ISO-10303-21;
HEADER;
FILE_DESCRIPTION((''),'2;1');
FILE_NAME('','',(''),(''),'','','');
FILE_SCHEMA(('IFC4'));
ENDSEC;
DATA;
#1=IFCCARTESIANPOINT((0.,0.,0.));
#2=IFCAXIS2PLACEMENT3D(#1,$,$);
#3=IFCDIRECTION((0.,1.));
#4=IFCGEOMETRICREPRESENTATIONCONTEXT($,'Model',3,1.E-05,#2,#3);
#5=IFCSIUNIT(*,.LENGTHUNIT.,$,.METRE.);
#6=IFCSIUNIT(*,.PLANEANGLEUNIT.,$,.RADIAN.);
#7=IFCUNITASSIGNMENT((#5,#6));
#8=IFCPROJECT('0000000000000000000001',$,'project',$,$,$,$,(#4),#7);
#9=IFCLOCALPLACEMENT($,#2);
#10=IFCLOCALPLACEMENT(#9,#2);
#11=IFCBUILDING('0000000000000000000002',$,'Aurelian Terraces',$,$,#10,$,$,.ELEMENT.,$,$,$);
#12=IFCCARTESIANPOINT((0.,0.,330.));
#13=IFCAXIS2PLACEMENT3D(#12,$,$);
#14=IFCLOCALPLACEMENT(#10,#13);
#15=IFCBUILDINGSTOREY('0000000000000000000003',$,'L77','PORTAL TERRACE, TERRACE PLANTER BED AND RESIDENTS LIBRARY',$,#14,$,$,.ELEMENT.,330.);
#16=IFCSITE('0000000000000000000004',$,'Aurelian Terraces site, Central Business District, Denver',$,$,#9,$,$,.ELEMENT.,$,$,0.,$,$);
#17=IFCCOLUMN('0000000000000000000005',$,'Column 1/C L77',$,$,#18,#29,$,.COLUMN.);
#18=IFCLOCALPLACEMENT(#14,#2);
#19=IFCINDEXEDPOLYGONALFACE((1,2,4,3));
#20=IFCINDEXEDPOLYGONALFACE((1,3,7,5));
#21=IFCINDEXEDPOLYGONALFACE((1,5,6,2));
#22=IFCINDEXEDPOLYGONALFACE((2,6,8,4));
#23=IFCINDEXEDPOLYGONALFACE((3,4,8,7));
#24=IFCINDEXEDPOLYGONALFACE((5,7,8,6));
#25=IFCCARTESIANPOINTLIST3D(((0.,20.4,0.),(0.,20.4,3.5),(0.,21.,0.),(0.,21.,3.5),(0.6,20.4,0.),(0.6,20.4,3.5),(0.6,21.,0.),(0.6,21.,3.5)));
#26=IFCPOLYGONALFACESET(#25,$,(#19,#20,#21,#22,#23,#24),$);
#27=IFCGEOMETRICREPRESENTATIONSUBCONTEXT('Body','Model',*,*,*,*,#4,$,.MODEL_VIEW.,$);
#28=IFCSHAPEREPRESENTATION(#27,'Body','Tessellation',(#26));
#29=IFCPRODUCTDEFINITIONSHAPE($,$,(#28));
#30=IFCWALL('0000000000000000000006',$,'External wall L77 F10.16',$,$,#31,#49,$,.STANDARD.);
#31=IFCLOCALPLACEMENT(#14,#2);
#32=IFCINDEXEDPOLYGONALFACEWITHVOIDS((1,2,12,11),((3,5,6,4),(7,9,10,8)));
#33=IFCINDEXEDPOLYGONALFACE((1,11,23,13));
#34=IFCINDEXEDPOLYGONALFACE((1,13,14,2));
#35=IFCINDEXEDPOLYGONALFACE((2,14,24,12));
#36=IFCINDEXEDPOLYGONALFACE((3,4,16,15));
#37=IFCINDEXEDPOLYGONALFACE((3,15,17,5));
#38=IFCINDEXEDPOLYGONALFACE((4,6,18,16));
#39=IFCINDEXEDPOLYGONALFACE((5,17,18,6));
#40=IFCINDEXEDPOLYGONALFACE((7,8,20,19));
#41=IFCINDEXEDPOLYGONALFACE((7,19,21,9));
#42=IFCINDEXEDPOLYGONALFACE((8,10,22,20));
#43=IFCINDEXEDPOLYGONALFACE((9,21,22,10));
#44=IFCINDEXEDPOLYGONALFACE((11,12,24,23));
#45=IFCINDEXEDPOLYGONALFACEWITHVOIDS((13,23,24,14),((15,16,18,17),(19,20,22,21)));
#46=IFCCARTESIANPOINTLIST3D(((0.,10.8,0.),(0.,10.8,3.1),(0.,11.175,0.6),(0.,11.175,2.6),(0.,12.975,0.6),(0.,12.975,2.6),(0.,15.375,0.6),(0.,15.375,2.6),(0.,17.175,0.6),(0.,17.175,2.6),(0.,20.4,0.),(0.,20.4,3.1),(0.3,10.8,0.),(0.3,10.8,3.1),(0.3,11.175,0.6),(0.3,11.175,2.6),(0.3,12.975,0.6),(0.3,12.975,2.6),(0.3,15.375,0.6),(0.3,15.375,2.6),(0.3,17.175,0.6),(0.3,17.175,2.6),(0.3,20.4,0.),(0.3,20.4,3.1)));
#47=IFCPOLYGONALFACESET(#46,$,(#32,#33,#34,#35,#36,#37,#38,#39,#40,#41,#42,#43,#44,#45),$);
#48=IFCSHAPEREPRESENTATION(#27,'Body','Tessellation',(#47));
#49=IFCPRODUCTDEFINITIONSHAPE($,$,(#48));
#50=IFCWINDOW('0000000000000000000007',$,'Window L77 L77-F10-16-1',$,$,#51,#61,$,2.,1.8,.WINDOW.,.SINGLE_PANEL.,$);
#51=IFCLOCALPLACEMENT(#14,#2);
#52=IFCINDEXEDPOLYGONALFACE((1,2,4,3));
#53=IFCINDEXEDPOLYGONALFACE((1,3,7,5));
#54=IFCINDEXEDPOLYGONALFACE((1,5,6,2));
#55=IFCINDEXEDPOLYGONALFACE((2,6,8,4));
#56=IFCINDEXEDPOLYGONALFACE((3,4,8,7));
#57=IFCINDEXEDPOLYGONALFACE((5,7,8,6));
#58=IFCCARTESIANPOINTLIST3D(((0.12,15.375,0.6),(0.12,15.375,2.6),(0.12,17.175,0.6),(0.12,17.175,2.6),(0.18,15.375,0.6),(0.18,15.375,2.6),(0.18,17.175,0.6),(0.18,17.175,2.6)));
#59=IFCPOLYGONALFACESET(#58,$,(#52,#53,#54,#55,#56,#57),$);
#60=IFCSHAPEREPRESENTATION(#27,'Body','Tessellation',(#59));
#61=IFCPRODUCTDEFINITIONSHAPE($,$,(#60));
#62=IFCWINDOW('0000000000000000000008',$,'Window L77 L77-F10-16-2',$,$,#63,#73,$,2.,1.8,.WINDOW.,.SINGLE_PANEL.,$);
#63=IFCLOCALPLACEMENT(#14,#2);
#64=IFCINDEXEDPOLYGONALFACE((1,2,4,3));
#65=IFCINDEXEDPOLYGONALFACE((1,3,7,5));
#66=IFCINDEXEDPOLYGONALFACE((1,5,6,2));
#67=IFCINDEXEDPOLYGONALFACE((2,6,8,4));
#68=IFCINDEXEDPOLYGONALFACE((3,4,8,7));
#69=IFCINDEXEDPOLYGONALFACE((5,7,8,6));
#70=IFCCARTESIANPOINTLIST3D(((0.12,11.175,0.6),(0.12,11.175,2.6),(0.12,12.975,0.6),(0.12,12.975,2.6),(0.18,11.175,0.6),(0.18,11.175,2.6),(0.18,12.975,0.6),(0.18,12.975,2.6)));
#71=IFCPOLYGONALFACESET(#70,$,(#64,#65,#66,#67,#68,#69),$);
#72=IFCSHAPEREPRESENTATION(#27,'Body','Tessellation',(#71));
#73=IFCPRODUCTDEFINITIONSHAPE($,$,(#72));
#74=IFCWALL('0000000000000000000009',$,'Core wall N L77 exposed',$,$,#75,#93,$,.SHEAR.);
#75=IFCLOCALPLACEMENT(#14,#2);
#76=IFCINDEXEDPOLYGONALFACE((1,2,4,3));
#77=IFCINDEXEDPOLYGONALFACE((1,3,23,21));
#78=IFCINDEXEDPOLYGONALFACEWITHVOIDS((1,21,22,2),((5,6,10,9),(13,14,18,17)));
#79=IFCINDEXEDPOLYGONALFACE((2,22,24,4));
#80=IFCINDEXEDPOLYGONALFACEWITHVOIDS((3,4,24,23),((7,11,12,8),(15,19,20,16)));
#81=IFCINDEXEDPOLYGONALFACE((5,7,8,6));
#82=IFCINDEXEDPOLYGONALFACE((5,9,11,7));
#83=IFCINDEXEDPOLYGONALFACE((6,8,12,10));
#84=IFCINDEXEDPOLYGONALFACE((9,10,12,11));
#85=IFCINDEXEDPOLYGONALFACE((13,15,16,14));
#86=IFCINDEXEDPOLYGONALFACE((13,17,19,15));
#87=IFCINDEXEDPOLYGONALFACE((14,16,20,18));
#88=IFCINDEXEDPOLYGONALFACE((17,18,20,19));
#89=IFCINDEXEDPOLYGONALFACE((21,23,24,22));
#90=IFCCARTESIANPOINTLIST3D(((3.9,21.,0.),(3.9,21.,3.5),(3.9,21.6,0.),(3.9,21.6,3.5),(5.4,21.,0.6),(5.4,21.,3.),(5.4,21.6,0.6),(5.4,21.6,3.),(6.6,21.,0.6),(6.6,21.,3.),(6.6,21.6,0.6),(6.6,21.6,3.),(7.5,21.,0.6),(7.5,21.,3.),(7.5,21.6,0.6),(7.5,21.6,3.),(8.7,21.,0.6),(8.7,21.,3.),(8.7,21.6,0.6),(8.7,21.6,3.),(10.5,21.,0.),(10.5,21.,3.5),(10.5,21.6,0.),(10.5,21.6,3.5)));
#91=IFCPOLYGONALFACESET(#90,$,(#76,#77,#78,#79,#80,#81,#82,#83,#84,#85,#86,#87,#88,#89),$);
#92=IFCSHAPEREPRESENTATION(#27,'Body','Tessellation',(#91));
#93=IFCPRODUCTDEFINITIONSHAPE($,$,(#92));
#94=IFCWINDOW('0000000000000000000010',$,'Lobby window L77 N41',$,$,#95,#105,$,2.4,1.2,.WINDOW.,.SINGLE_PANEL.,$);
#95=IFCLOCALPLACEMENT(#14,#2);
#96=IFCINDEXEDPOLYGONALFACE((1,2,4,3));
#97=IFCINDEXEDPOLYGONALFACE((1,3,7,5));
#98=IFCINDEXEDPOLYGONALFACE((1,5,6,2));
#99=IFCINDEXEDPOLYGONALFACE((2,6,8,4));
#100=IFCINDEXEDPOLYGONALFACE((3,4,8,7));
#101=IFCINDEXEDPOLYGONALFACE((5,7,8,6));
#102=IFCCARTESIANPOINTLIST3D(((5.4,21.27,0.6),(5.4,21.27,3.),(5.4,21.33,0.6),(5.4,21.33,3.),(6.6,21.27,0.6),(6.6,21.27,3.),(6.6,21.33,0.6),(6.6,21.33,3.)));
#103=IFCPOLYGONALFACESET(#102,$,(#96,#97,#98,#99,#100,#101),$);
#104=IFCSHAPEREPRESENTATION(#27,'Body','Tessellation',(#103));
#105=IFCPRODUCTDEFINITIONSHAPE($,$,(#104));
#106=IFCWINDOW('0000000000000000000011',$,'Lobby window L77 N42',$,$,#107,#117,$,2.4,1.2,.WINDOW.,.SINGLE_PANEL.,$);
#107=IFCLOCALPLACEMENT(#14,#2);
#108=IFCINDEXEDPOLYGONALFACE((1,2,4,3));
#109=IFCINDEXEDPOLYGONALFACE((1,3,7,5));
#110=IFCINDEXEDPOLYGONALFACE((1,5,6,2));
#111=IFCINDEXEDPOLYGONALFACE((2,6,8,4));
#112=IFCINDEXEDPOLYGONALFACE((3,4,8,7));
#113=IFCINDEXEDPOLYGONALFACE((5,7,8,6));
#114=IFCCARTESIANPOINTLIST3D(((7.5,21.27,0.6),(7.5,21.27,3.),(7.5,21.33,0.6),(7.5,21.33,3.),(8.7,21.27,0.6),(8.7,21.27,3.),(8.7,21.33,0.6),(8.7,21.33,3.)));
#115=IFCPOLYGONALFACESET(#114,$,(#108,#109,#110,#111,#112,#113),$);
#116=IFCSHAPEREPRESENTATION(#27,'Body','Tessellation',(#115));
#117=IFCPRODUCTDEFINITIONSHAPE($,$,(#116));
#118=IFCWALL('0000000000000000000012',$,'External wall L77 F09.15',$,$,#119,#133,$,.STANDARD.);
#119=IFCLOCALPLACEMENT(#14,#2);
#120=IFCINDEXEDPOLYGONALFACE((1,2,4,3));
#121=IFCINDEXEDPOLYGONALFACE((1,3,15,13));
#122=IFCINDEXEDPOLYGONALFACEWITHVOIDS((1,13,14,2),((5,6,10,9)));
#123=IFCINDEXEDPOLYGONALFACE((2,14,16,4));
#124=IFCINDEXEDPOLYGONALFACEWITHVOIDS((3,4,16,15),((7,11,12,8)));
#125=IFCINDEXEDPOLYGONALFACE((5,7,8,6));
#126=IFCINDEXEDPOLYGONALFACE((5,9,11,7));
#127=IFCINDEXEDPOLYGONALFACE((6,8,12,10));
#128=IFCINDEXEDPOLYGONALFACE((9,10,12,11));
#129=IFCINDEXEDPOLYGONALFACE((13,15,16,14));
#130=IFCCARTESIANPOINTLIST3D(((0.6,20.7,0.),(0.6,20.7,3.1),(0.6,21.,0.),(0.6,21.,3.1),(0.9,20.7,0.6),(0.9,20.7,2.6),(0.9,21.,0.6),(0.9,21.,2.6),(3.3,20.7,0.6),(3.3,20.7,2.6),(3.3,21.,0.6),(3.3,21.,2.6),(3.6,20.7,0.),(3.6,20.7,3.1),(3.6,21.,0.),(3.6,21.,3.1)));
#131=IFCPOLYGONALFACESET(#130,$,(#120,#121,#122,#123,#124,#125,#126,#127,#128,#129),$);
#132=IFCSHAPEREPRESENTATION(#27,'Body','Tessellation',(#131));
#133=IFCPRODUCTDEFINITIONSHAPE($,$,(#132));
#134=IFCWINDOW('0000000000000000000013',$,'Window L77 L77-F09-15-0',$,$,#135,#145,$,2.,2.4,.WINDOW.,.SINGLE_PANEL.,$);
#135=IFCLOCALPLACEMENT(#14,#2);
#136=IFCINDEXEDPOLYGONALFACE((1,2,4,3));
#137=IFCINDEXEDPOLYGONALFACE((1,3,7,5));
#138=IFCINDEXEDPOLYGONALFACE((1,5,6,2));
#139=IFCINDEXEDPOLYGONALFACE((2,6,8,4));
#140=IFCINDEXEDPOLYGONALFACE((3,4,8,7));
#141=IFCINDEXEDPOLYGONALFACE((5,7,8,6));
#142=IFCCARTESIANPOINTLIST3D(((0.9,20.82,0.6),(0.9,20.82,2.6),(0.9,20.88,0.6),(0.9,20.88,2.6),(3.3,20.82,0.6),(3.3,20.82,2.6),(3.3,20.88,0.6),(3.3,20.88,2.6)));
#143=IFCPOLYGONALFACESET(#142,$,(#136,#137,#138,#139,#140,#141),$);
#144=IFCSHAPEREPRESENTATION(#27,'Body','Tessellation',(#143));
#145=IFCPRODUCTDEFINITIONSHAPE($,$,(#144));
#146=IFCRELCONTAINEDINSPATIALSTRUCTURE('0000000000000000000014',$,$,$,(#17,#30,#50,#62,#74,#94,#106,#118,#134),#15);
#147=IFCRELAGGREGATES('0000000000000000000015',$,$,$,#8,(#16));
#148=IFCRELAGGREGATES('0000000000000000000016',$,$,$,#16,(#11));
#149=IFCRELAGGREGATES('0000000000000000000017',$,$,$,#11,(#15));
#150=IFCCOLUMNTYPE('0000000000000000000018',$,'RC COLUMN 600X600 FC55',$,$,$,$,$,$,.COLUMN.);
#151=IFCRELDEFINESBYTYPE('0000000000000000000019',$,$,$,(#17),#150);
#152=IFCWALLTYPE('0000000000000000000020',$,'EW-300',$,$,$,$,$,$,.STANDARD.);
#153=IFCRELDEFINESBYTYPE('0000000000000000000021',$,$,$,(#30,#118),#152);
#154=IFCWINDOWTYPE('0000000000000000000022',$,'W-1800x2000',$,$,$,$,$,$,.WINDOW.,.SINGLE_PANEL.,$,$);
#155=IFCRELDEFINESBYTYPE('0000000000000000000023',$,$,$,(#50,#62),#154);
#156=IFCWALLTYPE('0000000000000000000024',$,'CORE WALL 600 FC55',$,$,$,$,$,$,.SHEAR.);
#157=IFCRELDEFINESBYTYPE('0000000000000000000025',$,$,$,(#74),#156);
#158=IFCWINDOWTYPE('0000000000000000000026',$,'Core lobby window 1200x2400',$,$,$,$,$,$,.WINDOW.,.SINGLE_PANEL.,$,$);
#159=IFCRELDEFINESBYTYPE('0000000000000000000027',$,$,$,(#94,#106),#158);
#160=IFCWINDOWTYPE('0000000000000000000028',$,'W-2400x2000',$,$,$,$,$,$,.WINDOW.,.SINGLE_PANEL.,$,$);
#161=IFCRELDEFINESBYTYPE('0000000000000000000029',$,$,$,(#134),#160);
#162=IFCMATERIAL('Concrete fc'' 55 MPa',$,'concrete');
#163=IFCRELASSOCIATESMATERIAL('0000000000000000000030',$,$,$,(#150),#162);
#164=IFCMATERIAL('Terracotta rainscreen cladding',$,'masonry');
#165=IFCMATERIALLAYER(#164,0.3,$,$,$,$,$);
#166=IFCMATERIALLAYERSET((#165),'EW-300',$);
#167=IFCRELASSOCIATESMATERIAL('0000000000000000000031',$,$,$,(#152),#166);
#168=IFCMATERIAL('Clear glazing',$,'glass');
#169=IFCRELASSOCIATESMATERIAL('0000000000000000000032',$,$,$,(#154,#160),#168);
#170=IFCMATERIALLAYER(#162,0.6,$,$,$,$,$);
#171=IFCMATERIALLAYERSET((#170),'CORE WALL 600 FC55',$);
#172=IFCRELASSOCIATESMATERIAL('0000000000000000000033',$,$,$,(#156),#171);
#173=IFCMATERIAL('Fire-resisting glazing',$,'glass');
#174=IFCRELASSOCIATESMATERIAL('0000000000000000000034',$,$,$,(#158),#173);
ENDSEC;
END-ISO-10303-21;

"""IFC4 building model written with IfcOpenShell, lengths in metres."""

from ifc_helpers import new_model, si_unit, direction, frame, frame_2d, origin, origin_2d, place, context, subcontext, project, spatial, rectangle, extrude, source, transform, mapped, material, layer, layer_set, material_profile, profile_set, type_object, element, fill, save


model = new_model("IFC4")

# Units and contexts
model_context = context("Model", 3, precision=1e-05, world=origin(), true_north=direction((0.0, 1.0)))
body_context = subcontext(model_context, "Body", "Model", "MODEL_VIEW")
ifc_project = project(units=[si_unit("LENGTHUNIT", "METRE"), si_unit("PLANEANGLEUNIT", "RADIAN")], contexts=[model_context])

# Site, building, storey
site_placement = place(None, origin())
site = spatial("IfcSite", under=ifc_project, at=site_placement, Name="Aurelian Terraces site, Central Business District, Denver", CompositionType="ELEMENT", RefElevation=0.0)
building_placement = place(site_placement, origin())
building = spatial("IfcBuilding", under=site, at=building_placement, Name="Aurelian Terraces", CompositionType="ELEMENT")
storey_placement = place(building_placement, frame((0.0, 0.0, 330.0)))
storey = spatial("IfcBuildingStorey", under=building, at=storey_placement, Name="L77", Description="PORTAL TERRACE, TERRACE PLANTER BED AND RESIDENTS LIBRARY", CompositionType="ELEMENT", Elevation=330.0)

# Column
ifc_material_1 = material(Name="Concrete fc' 55 MPa", Category="concrete")
ifc_material_profile = material_profile(ifc_material_1, rectangle(XDim=0.6, YDim=0.6, at=origin_2d()))
ifc_profile_set = profile_set([ifc_material_profile], Name="Concrete fc' 55 MPa")
column_type = type_object("IfcColumnType", Name="RC COLUMN 600X600 FC55", PredefinedType="COLUMN", material=ifc_profile_set)
shared_shape_1 = source(origin(), body_context, "Body", "SweptSolid", [
    extrude(rectangle(XDim=0.6, YDim=0.6, at=origin_2d()), origin(), (0.0, 0.0, 1.0), 3.5),
])
column_placement = place(storey_placement, frame((0.3, 20.7, 0.0), z_axis=(0.0, 0.0, 1.0), x_axis=(1.0, 0.0, 0.0)))
element("IfcColumn", 1, at=column_placement, inside=storey, type_object=column_type, Name="Column 1/C L77", PredefinedType="COLUMN", context=body_context, shape_type="MappedRepresentation", body=[
    mapped(shared_shape_1, transform((0.0, 0.0, 0.0), scale=1.0)),
])

# Walls, openings, windows
ifc_material_2 = material(Name="Terracotta rainscreen cladding", Category="masonry")
ifc_layer_1 = layer(ifc_material_2, 0.3)
ifc_layer_set_1 = layer_set([ifc_layer_1], Name="EW-300")
wall_type_1 = type_object("IfcWallType", Name="EW-300", PredefinedType="STANDARD", material=ifc_layer_set_1)
wall_1_placement = place(storey_placement, frame((0.15, 20.4, 0.0), z_axis=(0.0, 0.0, 1.0), x_axis=(0.0, -1.0, 0.0)))
wall_1 = element("IfcWall", 2, at=wall_1_placement, inside=storey, type_object=wall_type_1, Name="External wall L77 F10.16", PredefinedType="STANDARD", context=body_context, shape_type="SweptSolid", body=[
    extrude(rectangle(XDim=9.6, YDim=0.3, at=frame_2d((4.8, 0.0))), origin(), (0.0, 0.0, 1.0), 3.1),
])
shared_shape_2 = source(origin(), body_context, "Body", "SweptSolid", [
    extrude(rectangle(XDim=1.8, YDim=2.0, at=frame_2d((0.9, 1.0))), frame((0.0, 0.16, 0.0), z_axis=(0.0, -1.0, 0.0), x_axis=(1.0, 0.0, 0.0)), (0.0, 0.0, 1.0), 0.32),
])
opening_1_placement = place(wall_1_placement, frame((3.225, 0.0, 0.6)))
opening_1 = element("IfcOpeningElement", 3, at=opening_1_placement, cuts=wall_1, PredefinedType="OPENING", context=body_context, shape_type="MappedRepresentation", body=[
    mapped(shared_shape_2, transform((0.0, 0.0, 0.0), scale=1.0)),
])
opening_2_placement = place(wall_1_placement, frame((7.425, 0.0, 0.6)))
opening_2 = element("IfcOpeningElement", 4, at=opening_2_placement, cuts=wall_1, PredefinedType="OPENING", context=body_context, shape_type="MappedRepresentation", body=[
    mapped(shared_shape_2, transform((0.0, 0.0, 0.0), scale=1.0)),
])
ifc_material_3 = material(Name="Clear glazing", Category="glass")
window_type_1 = type_object("IfcWindowType", Name="W-1800x2000", PartitioningType="SINGLE_PANEL", PredefinedType="WINDOW", material=ifc_material_3)
shared_shape_3 = source(origin(), body_context, "Body", "SweptSolid", [
    extrude(rectangle(XDim=1.8, YDim=2.0, at=frame_2d((0.9, 1.0))), frame((0.0, 0.03, 0.0), z_axis=(0.0, -1.0, 0.0), x_axis=(1.0, 0.0, 0.0)), (0.0, 0.0, 1.0), 0.06),
])
window_1_placement = place(opening_1_placement, origin())
window_1 = element("IfcWindow", 5, at=window_1_placement, inside=storey, type_object=window_type_1, Name="Window L77 L77-F10-16-1", OverallHeight=2.0, OverallWidth=1.8, PartitioningType="SINGLE_PANEL", PredefinedType="WINDOW", context=body_context, shape_type="MappedRepresentation", body=[
    mapped(shared_shape_3, transform((0.0, 0.0, 0.0), scale=1.0)),
])
fill(opening_1, window_1)
window_2_placement = place(opening_2_placement, origin())
window_2 = element("IfcWindow", 6, at=window_2_placement, inside=storey, type_object=window_type_1, Name="Window L77 L77-F10-16-2", OverallHeight=2.0, OverallWidth=1.8, PartitioningType="SINGLE_PANEL", PredefinedType="WINDOW", context=body_context, shape_type="MappedRepresentation", body=[
    mapped(shared_shape_3, transform((0.0, 0.0, 0.0), scale=1.0)),
])
fill(opening_2, window_2)
ifc_layer_2 = layer(ifc_material_1, 0.6)
ifc_layer_set_2 = layer_set([ifc_layer_2], Name="CORE WALL 600 FC55")
wall_type_2 = type_object("IfcWallType", Name="CORE WALL 600 FC55", PredefinedType="SHEAR", material=ifc_layer_set_2)
shared_shape_4 = source(origin(), body_context, "Body", "SweptSolid", [
    extrude(rectangle(XDim=6.6, YDim=0.6, at=frame_2d((3.3, 0.0))), origin(), (0.0, 0.0, 1.0), 3.5),
])
wall_2_placement = place(storey_placement, frame((3.9, 21.3, 0.0), z_axis=(0.0, 0.0, 1.0), x_axis=(1.0, 0.0, 0.0)))
wall_2 = element("IfcWall", 7, at=wall_2_placement, inside=storey, type_object=wall_type_2, Name="Core wall N L77 exposed", PredefinedType="SHEAR", context=body_context, shape_type="MappedRepresentation", body=[
    mapped(shared_shape_4, transform((0.0, 0.0, 0.0), scale=1.0)),
])
shared_shape_5 = source(origin(), body_context, "Body", "SweptSolid", [
    extrude(rectangle(XDim=1.2, YDim=2.4, at=frame_2d((0.6, 1.2))), frame((0.0, 0.31, 0.0), z_axis=(0.0, -1.0, 0.0), x_axis=(1.0, 0.0, 0.0)), (0.0, 0.0, 1.0), 0.62),
])
opening_3_placement = place(wall_2_placement, frame((1.5, 0.0, 0.6)))
opening_3 = element("IfcOpeningElement", 8, at=opening_3_placement, cuts=wall_2, PredefinedType="OPENING", context=body_context, shape_type="MappedRepresentation", body=[
    mapped(shared_shape_5, transform((0.0, 0.0, 0.0), scale=1.0)),
])
opening_4_placement = place(wall_2_placement, frame((3.6, 0.0, 0.6)))
opening_4 = element("IfcOpeningElement", 9, at=opening_4_placement, cuts=wall_2, PredefinedType="OPENING", context=body_context, shape_type="MappedRepresentation", body=[
    mapped(shared_shape_5, transform((0.0, 0.0, 0.0), scale=1.0)),
])
ifc_material_4 = material(Name="Fire-resisting glazing", Category="glass")
window_type_2 = type_object("IfcWindowType", Name="Core lobby window 1200x2400", PartitioningType="SINGLE_PANEL", PredefinedType="WINDOW", material=ifc_material_4)
shared_shape_6 = source(origin(), body_context, "Body", "SweptSolid", [
    extrude(rectangle(XDim=1.2, YDim=2.4, at=frame_2d((0.6, 1.2))), frame((0.0, 0.03, 0.0), z_axis=(0.0, -1.0, 0.0), x_axis=(1.0, 0.0, 0.0)), (0.0, 0.0, 1.0), 0.06),
])
window_3_placement = place(opening_3_placement, origin())
window_3 = element("IfcWindow", 10, at=window_3_placement, inside=storey, type_object=window_type_2, Name="Lobby window L77 N41", OverallHeight=2.4, OverallWidth=1.2, PartitioningType="SINGLE_PANEL", PredefinedType="WINDOW", context=body_context, shape_type="MappedRepresentation", body=[
    mapped(shared_shape_6, transform((0.0, 0.0, 0.0), scale=1.0)),
])
fill(opening_3, window_3)
window_4_placement = place(opening_4_placement, origin())
window_4 = element("IfcWindow", 11, at=window_4_placement, inside=storey, type_object=window_type_2, Name="Lobby window L77 N42", OverallHeight=2.4, OverallWidth=1.2, PartitioningType="SINGLE_PANEL", PredefinedType="WINDOW", context=body_context, shape_type="MappedRepresentation", body=[
    mapped(shared_shape_6, transform((0.0, 0.0, 0.0), scale=1.0)),
])
fill(opening_4, window_4)

# Wall, opening, window
shared_shape_7 = source(origin(), body_context, "Body", "SweptSolid", [
    extrude(rectangle(XDim=3.0, YDim=0.3, at=frame_2d((1.5, 0.0))), origin(), (0.0, 0.0, 1.0), 3.1),
])
wall_3_placement = place(storey_placement, frame((3.6, 20.85, 0.0), z_axis=(0.0, 0.0, 1.0), x_axis=(-1.0, 0.0, 0.0)))
wall_3 = element("IfcWall", 12, at=wall_3_placement, inside=storey, type_object=wall_type_1, Name="External wall L77 F09.15", PredefinedType="STANDARD", context=body_context, shape_type="MappedRepresentation", body=[
    mapped(shared_shape_7, transform((0.0, 0.0, 0.0), scale=1.0)),
])
shared_shape_8 = source(origin(), body_context, "Body", "SweptSolid", [
    extrude(rectangle(XDim=2.4, YDim=2.0, at=frame_2d((1.2, 1.0))), frame((0.0, 0.16, 0.0), z_axis=(0.0, -1.0, 0.0), x_axis=(1.0, 0.0, 0.0)), (0.0, 0.0, 1.0), 0.32),
])
opening_5_placement = place(wall_3_placement, frame((0.3, 0.0, 0.6)))
opening_5 = element("IfcOpeningElement", 13, at=opening_5_placement, cuts=wall_3, PredefinedType="OPENING", context=body_context, shape_type="MappedRepresentation", body=[
    mapped(shared_shape_8, transform((0.0, 0.0, 0.0), scale=1.0)),
])
window_type_3 = type_object("IfcWindowType", Name="W-2400x2000", PartitioningType="SINGLE_PANEL", PredefinedType="WINDOW", material=ifc_material_3)
shared_shape_9 = source(origin(), body_context, "Body", "SweptSolid", [
    extrude(rectangle(XDim=2.4, YDim=2.0, at=frame_2d((1.2, 1.0))), frame((0.0, 0.03, 0.0), z_axis=(0.0, -1.0, 0.0), x_axis=(1.0, 0.0, 0.0)), (0.0, 0.0, 1.0), 0.06),
])
window_5_placement = place(opening_5_placement, origin())
window_5 = element("IfcWindow", 14, at=window_5_placement, inside=storey, type_object=window_type_3, Name="Window L77 L77-F09-15-0", OverallHeight=2.0, OverallWidth=2.4, PartitioningType="SINGLE_PANEL", PredefinedType="WINDOW", context=body_context, shape_type="MappedRepresentation", body=[
    mapped(shared_shape_9, transform((0.0, 0.0, 0.0), scale=1.0)),
])
fill(opening_5, window_5)

save(model, "model.ifc")
